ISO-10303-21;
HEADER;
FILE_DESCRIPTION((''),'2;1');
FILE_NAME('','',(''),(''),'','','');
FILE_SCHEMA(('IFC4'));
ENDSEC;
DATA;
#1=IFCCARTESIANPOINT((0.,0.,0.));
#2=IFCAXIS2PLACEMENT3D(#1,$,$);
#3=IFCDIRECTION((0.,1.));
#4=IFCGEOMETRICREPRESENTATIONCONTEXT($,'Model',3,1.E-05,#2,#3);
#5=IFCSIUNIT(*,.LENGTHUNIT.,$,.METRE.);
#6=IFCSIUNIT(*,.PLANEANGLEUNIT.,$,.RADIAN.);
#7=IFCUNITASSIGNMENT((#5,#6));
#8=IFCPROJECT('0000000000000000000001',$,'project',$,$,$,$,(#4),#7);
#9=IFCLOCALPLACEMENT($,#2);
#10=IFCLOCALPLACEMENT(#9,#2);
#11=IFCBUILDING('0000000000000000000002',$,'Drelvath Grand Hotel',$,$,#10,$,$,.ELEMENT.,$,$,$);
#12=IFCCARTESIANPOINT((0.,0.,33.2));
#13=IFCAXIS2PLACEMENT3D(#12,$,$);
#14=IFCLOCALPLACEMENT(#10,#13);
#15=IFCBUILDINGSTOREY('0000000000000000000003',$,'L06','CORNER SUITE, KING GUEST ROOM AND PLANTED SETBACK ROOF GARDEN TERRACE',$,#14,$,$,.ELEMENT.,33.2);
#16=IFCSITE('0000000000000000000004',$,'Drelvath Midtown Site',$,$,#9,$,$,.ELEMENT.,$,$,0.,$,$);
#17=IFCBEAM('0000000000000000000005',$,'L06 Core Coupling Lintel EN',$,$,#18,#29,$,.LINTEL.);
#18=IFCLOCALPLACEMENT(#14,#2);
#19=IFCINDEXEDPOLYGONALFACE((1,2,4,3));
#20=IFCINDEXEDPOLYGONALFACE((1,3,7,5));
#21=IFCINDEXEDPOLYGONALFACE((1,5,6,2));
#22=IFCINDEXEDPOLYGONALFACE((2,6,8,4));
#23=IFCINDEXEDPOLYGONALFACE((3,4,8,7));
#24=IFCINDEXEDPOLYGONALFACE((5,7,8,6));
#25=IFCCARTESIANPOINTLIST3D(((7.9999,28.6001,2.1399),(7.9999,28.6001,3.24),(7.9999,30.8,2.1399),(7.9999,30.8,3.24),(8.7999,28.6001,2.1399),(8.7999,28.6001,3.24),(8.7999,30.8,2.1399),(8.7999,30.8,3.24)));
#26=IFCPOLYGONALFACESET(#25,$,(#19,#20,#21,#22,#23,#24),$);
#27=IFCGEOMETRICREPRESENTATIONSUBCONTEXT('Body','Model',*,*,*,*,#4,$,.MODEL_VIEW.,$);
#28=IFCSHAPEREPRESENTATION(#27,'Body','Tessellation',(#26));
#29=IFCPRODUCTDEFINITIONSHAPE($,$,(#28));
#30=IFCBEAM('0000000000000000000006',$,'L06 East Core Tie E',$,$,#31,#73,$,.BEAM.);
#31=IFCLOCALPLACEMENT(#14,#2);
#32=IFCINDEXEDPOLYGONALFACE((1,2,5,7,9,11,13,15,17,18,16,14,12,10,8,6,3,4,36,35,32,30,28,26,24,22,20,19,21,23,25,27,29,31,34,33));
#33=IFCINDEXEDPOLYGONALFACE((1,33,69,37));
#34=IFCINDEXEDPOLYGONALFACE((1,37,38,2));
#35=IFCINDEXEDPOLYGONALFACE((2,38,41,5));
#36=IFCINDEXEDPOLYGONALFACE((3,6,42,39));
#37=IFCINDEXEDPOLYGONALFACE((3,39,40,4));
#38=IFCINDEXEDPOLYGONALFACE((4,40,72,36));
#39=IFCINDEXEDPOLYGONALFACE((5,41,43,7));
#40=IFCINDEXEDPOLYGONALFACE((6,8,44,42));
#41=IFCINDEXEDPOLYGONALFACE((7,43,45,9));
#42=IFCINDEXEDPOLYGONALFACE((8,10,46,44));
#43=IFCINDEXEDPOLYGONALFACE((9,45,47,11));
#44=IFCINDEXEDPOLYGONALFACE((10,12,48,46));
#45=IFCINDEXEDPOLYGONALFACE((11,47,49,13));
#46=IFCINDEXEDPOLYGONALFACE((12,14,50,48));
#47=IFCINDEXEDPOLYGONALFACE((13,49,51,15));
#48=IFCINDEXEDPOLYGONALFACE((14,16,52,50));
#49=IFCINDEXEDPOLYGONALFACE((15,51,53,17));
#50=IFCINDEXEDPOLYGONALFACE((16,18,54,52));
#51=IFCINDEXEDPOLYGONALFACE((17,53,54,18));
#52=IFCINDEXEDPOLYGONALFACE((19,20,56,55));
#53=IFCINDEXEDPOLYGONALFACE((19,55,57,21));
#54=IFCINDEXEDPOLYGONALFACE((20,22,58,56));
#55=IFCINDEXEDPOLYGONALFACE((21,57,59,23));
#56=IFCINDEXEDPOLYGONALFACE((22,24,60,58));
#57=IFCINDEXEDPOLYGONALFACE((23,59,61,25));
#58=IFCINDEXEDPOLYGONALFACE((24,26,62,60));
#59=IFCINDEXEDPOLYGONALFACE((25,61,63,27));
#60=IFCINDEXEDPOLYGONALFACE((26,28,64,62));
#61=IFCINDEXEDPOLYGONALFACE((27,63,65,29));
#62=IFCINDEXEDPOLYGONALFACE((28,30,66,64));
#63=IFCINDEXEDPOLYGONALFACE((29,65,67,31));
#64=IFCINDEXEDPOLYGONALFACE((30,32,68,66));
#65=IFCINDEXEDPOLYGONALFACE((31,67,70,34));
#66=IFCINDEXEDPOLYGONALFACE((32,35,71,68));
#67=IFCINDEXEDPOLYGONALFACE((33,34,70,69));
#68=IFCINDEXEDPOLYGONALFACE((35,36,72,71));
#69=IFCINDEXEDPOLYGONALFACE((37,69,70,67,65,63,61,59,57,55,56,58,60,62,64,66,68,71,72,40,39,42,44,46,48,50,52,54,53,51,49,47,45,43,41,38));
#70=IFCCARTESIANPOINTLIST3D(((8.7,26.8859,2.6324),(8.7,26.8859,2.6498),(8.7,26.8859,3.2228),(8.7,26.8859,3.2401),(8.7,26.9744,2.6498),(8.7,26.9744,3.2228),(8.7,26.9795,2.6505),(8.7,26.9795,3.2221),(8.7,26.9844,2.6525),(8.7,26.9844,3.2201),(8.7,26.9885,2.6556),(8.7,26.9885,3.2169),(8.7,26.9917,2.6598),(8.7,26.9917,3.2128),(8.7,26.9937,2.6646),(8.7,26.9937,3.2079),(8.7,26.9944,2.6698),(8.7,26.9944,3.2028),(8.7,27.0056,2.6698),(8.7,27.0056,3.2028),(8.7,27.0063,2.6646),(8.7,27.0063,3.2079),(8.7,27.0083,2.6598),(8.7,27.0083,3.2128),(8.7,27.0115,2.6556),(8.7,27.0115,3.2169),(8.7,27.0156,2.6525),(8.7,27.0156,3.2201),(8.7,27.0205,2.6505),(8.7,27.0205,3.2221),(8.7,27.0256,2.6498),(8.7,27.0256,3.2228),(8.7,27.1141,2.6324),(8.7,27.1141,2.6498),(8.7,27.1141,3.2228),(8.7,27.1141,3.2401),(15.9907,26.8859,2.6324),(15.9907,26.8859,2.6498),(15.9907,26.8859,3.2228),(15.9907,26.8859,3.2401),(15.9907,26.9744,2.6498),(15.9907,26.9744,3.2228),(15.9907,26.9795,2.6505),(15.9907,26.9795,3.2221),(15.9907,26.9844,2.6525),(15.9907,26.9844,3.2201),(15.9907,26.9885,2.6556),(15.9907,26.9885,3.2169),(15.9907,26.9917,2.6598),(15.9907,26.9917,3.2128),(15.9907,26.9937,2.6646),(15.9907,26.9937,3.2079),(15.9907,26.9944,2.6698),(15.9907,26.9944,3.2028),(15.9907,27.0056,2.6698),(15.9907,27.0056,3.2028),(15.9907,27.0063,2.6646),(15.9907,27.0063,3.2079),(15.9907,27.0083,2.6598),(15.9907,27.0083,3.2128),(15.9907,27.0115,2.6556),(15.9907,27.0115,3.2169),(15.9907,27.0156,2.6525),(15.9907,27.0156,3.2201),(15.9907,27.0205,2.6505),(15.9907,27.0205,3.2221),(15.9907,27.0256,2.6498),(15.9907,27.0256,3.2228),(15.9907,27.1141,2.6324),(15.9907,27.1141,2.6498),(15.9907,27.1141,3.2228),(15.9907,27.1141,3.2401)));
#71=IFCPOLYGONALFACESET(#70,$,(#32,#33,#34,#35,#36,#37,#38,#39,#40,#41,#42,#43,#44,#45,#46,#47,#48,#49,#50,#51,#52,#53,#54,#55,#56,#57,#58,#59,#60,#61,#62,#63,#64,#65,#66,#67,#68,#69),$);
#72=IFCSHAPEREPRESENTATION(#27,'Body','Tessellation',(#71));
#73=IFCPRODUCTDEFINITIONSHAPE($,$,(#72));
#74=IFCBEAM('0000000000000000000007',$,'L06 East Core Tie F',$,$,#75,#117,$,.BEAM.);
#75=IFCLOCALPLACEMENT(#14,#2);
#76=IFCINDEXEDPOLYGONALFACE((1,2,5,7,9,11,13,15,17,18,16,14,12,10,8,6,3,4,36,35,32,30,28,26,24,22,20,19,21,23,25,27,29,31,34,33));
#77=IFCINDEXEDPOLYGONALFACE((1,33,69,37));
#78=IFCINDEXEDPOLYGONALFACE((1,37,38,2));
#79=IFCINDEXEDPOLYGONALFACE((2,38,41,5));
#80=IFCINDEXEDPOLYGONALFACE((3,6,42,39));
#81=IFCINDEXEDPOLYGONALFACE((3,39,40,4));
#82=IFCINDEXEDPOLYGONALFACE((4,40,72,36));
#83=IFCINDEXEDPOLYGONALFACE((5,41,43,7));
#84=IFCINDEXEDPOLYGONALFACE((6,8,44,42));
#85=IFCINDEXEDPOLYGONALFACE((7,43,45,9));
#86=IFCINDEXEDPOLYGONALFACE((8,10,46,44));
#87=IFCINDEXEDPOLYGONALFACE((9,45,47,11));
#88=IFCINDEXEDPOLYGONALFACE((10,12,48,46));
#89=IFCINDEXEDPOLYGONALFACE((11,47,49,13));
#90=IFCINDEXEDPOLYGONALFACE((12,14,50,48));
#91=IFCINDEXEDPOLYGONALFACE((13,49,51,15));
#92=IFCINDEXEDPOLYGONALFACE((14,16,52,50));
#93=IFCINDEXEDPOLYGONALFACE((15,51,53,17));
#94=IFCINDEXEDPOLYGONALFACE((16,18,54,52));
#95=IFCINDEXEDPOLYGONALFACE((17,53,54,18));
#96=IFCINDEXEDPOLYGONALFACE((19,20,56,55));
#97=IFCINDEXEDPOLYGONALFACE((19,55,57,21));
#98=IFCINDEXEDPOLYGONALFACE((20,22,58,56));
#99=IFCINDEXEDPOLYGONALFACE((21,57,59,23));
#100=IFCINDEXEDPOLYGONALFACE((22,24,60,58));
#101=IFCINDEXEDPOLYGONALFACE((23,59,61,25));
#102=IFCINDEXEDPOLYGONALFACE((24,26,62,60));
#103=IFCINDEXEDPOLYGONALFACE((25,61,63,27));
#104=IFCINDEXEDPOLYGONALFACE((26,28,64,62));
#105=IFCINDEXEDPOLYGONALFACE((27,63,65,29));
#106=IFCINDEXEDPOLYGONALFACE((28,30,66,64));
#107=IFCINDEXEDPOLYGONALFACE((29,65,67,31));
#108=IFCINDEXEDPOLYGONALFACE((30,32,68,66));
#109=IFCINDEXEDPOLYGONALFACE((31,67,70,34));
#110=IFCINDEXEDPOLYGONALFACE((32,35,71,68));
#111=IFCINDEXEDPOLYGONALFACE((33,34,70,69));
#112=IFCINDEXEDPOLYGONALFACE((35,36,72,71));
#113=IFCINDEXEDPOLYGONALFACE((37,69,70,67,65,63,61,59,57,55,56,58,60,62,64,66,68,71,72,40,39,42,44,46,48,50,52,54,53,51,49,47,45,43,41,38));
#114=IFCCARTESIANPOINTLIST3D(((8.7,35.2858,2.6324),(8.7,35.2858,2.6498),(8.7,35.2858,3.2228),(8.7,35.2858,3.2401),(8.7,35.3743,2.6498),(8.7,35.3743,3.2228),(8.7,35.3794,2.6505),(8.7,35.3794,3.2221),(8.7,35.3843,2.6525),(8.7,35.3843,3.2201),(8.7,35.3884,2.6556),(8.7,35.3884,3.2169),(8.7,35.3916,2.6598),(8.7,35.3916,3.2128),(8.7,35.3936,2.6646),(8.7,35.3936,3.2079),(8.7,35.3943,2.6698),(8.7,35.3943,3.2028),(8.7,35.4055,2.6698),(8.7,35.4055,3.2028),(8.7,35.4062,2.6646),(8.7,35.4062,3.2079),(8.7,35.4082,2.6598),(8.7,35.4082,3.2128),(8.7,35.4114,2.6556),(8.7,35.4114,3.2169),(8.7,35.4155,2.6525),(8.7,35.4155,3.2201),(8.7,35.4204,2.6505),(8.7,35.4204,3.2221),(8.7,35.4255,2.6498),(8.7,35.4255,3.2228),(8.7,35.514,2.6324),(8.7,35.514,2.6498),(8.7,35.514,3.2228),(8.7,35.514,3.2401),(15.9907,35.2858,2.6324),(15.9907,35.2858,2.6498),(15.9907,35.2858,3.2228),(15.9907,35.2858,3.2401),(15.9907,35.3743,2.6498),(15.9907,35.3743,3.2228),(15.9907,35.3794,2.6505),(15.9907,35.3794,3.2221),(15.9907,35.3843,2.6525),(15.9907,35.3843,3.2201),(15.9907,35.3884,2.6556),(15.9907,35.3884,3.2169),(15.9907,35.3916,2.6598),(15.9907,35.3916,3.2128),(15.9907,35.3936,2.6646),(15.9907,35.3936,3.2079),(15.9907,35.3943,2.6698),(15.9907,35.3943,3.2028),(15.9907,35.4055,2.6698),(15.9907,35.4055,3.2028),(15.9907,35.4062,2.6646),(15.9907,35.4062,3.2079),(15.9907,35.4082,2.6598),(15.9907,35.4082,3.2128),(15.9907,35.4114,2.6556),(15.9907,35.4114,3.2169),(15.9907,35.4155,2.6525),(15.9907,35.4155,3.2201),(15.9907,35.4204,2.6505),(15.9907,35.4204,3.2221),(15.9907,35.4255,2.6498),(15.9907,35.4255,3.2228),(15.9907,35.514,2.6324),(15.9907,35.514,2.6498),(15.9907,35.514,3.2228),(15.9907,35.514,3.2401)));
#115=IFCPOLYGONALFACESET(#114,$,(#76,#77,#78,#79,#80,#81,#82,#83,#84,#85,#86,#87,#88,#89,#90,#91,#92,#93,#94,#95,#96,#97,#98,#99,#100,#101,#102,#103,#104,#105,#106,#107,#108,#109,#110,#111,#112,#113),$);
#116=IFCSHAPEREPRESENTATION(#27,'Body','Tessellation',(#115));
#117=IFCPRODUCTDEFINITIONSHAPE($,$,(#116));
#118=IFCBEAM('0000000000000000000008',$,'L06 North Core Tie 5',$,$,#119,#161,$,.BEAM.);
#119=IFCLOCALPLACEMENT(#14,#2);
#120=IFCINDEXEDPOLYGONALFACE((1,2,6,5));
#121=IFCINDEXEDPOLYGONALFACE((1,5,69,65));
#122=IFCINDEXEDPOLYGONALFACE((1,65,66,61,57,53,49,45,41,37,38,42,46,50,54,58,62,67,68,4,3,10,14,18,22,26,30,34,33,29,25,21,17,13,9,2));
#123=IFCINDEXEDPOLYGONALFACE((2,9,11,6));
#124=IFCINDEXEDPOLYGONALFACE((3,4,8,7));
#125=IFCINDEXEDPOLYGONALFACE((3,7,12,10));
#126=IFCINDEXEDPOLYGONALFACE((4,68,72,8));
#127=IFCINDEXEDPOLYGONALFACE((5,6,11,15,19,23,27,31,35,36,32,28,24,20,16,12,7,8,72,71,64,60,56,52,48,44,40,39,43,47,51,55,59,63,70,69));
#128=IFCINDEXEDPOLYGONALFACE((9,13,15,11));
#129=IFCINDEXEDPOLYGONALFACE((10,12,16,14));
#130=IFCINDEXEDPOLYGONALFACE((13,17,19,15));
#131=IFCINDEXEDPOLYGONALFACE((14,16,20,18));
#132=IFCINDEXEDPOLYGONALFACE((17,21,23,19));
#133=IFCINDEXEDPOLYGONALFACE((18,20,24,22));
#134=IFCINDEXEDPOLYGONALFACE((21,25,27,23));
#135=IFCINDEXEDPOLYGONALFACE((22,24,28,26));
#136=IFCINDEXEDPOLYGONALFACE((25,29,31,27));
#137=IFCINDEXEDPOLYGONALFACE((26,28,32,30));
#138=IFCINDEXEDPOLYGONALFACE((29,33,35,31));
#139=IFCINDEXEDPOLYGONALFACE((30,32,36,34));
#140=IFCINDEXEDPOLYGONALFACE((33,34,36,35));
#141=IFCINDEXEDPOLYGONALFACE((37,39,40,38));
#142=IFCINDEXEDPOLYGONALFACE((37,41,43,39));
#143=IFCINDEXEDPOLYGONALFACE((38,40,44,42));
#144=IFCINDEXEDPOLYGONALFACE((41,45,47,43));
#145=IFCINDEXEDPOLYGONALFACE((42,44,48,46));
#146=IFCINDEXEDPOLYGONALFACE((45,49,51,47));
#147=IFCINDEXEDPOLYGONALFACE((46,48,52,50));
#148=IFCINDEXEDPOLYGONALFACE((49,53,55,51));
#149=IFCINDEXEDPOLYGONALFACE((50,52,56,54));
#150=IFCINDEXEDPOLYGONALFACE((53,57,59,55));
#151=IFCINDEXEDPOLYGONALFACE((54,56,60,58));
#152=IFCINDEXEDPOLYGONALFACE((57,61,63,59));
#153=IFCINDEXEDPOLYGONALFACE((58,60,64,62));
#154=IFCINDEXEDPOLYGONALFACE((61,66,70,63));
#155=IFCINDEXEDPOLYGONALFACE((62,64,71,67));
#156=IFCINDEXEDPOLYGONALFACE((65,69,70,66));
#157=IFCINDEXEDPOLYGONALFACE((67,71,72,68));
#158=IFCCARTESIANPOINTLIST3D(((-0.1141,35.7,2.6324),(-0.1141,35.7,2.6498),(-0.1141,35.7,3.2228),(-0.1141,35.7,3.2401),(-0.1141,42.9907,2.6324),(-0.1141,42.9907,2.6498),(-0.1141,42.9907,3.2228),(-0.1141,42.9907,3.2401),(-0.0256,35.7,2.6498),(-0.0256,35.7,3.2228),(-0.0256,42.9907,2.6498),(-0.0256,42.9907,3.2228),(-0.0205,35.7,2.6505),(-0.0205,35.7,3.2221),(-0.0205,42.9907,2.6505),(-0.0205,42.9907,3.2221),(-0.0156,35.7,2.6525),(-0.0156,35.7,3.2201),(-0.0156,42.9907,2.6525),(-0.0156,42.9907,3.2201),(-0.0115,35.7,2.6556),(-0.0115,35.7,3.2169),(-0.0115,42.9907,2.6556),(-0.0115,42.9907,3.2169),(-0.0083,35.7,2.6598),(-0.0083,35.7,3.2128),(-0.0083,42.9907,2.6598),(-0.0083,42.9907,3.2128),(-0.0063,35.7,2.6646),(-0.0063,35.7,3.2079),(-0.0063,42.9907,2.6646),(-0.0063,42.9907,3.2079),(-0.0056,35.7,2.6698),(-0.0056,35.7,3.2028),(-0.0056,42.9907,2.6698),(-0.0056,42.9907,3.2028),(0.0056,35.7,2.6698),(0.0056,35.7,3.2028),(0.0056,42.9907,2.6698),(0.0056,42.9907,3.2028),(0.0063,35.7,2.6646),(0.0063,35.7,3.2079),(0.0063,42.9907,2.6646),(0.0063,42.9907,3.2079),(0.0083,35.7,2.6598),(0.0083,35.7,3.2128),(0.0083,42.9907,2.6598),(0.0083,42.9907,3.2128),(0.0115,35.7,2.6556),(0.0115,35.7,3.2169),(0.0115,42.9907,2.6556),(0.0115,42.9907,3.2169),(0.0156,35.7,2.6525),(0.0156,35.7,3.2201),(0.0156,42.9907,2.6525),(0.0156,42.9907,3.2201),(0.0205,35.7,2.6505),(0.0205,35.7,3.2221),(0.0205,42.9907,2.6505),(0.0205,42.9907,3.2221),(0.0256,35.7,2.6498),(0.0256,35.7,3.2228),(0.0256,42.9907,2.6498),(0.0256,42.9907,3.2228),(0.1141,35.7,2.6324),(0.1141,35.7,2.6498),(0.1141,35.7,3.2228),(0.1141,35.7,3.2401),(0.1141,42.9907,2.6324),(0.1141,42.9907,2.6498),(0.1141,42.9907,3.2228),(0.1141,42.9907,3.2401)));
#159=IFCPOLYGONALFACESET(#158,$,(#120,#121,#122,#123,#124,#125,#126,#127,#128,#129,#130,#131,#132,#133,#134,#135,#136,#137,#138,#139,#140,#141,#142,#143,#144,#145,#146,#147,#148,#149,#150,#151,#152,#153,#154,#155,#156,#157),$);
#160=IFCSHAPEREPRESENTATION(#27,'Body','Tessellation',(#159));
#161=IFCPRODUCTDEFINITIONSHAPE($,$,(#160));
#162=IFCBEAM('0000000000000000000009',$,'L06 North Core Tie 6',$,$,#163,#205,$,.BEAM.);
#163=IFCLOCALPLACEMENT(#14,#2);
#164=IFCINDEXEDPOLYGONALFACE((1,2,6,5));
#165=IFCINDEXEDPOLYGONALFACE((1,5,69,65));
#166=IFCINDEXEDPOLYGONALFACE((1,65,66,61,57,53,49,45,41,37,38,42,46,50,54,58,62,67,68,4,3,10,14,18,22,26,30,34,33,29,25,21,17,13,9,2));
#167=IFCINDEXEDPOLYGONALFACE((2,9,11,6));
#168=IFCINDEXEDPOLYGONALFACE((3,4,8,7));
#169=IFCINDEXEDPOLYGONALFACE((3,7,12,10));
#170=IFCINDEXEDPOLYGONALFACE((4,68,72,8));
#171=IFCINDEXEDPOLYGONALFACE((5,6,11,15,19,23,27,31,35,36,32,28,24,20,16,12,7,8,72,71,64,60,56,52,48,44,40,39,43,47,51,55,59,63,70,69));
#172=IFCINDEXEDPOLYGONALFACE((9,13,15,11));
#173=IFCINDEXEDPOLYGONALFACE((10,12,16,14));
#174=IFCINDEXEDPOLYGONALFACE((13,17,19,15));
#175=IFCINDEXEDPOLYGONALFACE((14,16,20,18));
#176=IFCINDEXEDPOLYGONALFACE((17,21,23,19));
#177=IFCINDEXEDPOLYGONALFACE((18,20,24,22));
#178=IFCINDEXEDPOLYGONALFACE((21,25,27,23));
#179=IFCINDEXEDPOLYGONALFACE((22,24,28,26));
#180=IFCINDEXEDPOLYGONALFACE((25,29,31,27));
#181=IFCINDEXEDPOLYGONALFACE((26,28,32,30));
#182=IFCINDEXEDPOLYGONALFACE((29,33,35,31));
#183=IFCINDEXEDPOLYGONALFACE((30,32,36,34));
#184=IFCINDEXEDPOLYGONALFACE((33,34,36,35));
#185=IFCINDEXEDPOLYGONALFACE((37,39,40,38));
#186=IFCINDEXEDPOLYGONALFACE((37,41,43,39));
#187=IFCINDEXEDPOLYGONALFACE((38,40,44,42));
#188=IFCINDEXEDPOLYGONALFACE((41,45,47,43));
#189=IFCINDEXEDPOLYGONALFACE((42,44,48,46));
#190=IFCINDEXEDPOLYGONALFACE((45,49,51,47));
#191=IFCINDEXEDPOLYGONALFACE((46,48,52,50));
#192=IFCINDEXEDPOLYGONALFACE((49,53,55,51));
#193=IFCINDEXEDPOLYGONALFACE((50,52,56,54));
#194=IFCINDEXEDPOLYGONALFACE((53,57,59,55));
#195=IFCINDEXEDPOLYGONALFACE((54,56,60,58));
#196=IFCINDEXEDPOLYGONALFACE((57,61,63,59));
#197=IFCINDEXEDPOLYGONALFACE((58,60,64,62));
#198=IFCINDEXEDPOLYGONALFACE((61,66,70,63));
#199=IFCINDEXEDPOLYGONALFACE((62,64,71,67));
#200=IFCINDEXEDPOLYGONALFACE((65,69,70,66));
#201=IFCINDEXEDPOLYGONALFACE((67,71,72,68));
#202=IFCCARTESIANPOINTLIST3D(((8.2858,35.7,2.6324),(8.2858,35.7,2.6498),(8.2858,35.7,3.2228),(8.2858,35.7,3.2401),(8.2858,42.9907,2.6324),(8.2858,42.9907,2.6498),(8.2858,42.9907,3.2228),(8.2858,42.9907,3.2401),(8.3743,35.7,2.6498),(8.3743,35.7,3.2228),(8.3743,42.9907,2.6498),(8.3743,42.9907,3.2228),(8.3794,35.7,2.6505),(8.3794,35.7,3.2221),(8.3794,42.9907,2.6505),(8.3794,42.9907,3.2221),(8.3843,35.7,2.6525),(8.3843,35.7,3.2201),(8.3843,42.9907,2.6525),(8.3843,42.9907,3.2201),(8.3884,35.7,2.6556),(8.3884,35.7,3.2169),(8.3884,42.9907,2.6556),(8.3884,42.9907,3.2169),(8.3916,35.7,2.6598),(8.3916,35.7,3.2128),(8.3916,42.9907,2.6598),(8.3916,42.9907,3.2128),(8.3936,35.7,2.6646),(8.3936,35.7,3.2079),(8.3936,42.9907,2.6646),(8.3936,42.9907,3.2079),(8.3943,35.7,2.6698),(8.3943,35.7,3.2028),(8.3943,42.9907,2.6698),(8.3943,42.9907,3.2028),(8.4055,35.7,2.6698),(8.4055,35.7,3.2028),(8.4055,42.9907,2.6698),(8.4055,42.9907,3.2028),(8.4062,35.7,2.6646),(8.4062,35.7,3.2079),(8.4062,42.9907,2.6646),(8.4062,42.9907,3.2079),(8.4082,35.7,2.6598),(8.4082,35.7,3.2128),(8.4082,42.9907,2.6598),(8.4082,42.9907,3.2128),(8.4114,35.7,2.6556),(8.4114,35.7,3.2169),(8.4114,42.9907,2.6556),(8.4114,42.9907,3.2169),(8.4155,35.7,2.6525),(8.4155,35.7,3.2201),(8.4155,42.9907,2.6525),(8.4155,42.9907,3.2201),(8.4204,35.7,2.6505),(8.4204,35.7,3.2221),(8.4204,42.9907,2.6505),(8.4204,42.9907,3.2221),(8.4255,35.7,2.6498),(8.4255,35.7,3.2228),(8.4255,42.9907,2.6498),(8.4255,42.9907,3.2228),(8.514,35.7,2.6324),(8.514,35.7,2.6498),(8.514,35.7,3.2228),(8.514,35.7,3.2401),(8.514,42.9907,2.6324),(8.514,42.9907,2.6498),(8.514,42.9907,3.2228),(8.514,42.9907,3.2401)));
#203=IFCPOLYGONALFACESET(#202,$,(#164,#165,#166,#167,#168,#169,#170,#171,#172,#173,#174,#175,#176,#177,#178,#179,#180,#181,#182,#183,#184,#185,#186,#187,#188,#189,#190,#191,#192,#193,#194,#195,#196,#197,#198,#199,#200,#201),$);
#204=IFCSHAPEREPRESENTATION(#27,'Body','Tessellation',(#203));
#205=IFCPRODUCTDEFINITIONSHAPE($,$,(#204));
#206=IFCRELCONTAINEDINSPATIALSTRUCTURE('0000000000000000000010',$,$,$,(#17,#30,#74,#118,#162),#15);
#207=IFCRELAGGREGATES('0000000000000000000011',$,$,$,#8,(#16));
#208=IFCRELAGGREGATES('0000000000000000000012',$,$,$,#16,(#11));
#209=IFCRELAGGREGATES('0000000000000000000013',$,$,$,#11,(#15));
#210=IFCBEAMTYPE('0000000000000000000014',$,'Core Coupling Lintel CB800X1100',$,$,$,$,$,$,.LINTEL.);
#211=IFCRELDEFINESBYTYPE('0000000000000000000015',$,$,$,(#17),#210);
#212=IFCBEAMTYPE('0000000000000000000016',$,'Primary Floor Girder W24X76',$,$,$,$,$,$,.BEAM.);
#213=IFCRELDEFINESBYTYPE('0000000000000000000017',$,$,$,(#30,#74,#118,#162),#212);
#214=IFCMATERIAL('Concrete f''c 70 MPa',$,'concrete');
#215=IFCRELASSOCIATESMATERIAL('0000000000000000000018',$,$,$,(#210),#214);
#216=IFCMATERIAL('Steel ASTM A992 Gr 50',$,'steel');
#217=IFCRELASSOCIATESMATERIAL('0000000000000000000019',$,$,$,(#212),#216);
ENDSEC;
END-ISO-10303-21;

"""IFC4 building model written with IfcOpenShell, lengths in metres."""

from ifc_helpers import new_model, si_unit, direction, frame, origin, origin_2d, place, context, subcontext, project, spatial, rectangle, i_section, extrude, material, material_profile, profile_set, type_object, element, save


model = new_model("IFC4")

# Units and contexts
model_context = context("Model", 3, precision=1e-05, world=origin(), true_north=direction((0.0, 1.0)))
body_context = subcontext(model_context, "Body", "Model", "MODEL_VIEW")
ifc_project = project(units=[si_unit("LENGTHUNIT", "METRE"), si_unit("PLANEANGLEUNIT", "RADIAN")], contexts=[model_context])

# Site, building, storey
site_placement = place(None, origin())
site = spatial("IfcSite", under=ifc_project, at=site_placement, Name="Drelvath Midtown Site", CompositionType="ELEMENT", RefElevation=0.0)
building_placement = place(site_placement, origin())
building = spatial("IfcBuilding", under=site, at=building_placement, Name="Drelvath Grand Hotel", CompositionType="ELEMENT")
storey_placement = place(building_placement, frame((0.0, 0.0, 33.2)))
storey = spatial("IfcBuildingStorey", under=building, at=storey_placement, Name="L06", Description="CORNER SUITE, KING GUEST ROOM AND PLANTED SETBACK ROOF GARDEN TERRACE", CompositionType="ELEMENT", Elevation=33.2)

# Beams
ifc_material_1 = material(Name="Concrete f'c 70 MPa", Category="concrete")
ifc_material_profile_1 = material_profile(ifc_material_1, rectangle(XDim=0.8, YDim=1.1001, at=origin_2d()), Name="CB800X1100")
ifc_profile_set_1 = profile_set([ifc_material_profile_1], Name="Concrete f'c 70 MPa")
beam_type_1 = type_object("IfcBeamType", Name="Core Coupling Lintel CB800X1100", PredefinedType="LINTEL", material=ifc_profile_set_1)
beam_placement = place(storey_placement, frame((8.3999, 28.6001, 2.6899), z_axis=(0.0, 1.0, 0.0), x_axis=(-1.0, 0.0, 0.0)))
element("IfcBeam", 1, at=beam_placement, inside=storey, type_object=beam_type_1, Name="L06 Core Coupling Lintel EN", PredefinedType="LINTEL", context=body_context, shape_type="SweptSolid", body=[
    extrude(rectangle(XDim=0.8, YDim=1.1001, at=origin_2d()), origin(), (0.0, 0.0, 1.0), 2.2),
])
ifc_material_2 = material(Name="Steel ASTM A992 Gr 50", Category="steel")
ifc_material_profile_2 = material_profile(ifc_material_2, i_section(OverallWidth=0.2283, OverallDepth=0.6077, WebThickness=0.0112, FlangeThickness=0.0173, FilletRadius=0.02, at=origin_2d()), Name="W24X76")
ifc_profile_set_2 = profile_set([ifc_material_profile_2], Name="Steel ASTM A992 Gr 50")
beam_type_2 = type_object("IfcBeamType", Name="Primary Floor Girder W24X76", PredefinedType="BEAM", material=ifc_profile_set_2)
for number, where, z_axis, x_axis, name in (
    (2, (8.7, 27.0, 2.9363), (1.0, 0.0, 0.0), (0.0, 1.0, 0.0), "L06 East Core Tie E"),
    (3, (8.7, 35.3999, 2.9363), (1.0, 0.0, 0.0), (0.0, 1.0, 0.0), "L06 East Core Tie F"),
    (4, (0.0, 35.7, 2.9363), (0.0, 1.0, 0.0), (-1.0, 0.0, 0.0), "L06 North Core Tie 5"),
    (5, (8.3999, 35.7, 2.9363), (0.0, 1.0, 0.0), (-1.0, 0.0, 0.0), "L06 North Core Tie 6"),
):
    element("IfcBeam", number, at=place(storey_placement, frame(where, z_axis=z_axis, x_axis=x_axis)), inside=storey, type_object=beam_type_2, Name=name, PredefinedType="BEAM", context=body_context, shape_type="SweptSolid", body=[
        extrude(i_section(OverallWidth=0.2283, OverallDepth=0.6077, WebThickness=0.0112, FlangeThickness=0.0173, FilletRadius=0.02, at=origin_2d()), origin(), (0.0, 0.0, 1.0), 7.2908),
    ])

save(model, "model.ifc")
